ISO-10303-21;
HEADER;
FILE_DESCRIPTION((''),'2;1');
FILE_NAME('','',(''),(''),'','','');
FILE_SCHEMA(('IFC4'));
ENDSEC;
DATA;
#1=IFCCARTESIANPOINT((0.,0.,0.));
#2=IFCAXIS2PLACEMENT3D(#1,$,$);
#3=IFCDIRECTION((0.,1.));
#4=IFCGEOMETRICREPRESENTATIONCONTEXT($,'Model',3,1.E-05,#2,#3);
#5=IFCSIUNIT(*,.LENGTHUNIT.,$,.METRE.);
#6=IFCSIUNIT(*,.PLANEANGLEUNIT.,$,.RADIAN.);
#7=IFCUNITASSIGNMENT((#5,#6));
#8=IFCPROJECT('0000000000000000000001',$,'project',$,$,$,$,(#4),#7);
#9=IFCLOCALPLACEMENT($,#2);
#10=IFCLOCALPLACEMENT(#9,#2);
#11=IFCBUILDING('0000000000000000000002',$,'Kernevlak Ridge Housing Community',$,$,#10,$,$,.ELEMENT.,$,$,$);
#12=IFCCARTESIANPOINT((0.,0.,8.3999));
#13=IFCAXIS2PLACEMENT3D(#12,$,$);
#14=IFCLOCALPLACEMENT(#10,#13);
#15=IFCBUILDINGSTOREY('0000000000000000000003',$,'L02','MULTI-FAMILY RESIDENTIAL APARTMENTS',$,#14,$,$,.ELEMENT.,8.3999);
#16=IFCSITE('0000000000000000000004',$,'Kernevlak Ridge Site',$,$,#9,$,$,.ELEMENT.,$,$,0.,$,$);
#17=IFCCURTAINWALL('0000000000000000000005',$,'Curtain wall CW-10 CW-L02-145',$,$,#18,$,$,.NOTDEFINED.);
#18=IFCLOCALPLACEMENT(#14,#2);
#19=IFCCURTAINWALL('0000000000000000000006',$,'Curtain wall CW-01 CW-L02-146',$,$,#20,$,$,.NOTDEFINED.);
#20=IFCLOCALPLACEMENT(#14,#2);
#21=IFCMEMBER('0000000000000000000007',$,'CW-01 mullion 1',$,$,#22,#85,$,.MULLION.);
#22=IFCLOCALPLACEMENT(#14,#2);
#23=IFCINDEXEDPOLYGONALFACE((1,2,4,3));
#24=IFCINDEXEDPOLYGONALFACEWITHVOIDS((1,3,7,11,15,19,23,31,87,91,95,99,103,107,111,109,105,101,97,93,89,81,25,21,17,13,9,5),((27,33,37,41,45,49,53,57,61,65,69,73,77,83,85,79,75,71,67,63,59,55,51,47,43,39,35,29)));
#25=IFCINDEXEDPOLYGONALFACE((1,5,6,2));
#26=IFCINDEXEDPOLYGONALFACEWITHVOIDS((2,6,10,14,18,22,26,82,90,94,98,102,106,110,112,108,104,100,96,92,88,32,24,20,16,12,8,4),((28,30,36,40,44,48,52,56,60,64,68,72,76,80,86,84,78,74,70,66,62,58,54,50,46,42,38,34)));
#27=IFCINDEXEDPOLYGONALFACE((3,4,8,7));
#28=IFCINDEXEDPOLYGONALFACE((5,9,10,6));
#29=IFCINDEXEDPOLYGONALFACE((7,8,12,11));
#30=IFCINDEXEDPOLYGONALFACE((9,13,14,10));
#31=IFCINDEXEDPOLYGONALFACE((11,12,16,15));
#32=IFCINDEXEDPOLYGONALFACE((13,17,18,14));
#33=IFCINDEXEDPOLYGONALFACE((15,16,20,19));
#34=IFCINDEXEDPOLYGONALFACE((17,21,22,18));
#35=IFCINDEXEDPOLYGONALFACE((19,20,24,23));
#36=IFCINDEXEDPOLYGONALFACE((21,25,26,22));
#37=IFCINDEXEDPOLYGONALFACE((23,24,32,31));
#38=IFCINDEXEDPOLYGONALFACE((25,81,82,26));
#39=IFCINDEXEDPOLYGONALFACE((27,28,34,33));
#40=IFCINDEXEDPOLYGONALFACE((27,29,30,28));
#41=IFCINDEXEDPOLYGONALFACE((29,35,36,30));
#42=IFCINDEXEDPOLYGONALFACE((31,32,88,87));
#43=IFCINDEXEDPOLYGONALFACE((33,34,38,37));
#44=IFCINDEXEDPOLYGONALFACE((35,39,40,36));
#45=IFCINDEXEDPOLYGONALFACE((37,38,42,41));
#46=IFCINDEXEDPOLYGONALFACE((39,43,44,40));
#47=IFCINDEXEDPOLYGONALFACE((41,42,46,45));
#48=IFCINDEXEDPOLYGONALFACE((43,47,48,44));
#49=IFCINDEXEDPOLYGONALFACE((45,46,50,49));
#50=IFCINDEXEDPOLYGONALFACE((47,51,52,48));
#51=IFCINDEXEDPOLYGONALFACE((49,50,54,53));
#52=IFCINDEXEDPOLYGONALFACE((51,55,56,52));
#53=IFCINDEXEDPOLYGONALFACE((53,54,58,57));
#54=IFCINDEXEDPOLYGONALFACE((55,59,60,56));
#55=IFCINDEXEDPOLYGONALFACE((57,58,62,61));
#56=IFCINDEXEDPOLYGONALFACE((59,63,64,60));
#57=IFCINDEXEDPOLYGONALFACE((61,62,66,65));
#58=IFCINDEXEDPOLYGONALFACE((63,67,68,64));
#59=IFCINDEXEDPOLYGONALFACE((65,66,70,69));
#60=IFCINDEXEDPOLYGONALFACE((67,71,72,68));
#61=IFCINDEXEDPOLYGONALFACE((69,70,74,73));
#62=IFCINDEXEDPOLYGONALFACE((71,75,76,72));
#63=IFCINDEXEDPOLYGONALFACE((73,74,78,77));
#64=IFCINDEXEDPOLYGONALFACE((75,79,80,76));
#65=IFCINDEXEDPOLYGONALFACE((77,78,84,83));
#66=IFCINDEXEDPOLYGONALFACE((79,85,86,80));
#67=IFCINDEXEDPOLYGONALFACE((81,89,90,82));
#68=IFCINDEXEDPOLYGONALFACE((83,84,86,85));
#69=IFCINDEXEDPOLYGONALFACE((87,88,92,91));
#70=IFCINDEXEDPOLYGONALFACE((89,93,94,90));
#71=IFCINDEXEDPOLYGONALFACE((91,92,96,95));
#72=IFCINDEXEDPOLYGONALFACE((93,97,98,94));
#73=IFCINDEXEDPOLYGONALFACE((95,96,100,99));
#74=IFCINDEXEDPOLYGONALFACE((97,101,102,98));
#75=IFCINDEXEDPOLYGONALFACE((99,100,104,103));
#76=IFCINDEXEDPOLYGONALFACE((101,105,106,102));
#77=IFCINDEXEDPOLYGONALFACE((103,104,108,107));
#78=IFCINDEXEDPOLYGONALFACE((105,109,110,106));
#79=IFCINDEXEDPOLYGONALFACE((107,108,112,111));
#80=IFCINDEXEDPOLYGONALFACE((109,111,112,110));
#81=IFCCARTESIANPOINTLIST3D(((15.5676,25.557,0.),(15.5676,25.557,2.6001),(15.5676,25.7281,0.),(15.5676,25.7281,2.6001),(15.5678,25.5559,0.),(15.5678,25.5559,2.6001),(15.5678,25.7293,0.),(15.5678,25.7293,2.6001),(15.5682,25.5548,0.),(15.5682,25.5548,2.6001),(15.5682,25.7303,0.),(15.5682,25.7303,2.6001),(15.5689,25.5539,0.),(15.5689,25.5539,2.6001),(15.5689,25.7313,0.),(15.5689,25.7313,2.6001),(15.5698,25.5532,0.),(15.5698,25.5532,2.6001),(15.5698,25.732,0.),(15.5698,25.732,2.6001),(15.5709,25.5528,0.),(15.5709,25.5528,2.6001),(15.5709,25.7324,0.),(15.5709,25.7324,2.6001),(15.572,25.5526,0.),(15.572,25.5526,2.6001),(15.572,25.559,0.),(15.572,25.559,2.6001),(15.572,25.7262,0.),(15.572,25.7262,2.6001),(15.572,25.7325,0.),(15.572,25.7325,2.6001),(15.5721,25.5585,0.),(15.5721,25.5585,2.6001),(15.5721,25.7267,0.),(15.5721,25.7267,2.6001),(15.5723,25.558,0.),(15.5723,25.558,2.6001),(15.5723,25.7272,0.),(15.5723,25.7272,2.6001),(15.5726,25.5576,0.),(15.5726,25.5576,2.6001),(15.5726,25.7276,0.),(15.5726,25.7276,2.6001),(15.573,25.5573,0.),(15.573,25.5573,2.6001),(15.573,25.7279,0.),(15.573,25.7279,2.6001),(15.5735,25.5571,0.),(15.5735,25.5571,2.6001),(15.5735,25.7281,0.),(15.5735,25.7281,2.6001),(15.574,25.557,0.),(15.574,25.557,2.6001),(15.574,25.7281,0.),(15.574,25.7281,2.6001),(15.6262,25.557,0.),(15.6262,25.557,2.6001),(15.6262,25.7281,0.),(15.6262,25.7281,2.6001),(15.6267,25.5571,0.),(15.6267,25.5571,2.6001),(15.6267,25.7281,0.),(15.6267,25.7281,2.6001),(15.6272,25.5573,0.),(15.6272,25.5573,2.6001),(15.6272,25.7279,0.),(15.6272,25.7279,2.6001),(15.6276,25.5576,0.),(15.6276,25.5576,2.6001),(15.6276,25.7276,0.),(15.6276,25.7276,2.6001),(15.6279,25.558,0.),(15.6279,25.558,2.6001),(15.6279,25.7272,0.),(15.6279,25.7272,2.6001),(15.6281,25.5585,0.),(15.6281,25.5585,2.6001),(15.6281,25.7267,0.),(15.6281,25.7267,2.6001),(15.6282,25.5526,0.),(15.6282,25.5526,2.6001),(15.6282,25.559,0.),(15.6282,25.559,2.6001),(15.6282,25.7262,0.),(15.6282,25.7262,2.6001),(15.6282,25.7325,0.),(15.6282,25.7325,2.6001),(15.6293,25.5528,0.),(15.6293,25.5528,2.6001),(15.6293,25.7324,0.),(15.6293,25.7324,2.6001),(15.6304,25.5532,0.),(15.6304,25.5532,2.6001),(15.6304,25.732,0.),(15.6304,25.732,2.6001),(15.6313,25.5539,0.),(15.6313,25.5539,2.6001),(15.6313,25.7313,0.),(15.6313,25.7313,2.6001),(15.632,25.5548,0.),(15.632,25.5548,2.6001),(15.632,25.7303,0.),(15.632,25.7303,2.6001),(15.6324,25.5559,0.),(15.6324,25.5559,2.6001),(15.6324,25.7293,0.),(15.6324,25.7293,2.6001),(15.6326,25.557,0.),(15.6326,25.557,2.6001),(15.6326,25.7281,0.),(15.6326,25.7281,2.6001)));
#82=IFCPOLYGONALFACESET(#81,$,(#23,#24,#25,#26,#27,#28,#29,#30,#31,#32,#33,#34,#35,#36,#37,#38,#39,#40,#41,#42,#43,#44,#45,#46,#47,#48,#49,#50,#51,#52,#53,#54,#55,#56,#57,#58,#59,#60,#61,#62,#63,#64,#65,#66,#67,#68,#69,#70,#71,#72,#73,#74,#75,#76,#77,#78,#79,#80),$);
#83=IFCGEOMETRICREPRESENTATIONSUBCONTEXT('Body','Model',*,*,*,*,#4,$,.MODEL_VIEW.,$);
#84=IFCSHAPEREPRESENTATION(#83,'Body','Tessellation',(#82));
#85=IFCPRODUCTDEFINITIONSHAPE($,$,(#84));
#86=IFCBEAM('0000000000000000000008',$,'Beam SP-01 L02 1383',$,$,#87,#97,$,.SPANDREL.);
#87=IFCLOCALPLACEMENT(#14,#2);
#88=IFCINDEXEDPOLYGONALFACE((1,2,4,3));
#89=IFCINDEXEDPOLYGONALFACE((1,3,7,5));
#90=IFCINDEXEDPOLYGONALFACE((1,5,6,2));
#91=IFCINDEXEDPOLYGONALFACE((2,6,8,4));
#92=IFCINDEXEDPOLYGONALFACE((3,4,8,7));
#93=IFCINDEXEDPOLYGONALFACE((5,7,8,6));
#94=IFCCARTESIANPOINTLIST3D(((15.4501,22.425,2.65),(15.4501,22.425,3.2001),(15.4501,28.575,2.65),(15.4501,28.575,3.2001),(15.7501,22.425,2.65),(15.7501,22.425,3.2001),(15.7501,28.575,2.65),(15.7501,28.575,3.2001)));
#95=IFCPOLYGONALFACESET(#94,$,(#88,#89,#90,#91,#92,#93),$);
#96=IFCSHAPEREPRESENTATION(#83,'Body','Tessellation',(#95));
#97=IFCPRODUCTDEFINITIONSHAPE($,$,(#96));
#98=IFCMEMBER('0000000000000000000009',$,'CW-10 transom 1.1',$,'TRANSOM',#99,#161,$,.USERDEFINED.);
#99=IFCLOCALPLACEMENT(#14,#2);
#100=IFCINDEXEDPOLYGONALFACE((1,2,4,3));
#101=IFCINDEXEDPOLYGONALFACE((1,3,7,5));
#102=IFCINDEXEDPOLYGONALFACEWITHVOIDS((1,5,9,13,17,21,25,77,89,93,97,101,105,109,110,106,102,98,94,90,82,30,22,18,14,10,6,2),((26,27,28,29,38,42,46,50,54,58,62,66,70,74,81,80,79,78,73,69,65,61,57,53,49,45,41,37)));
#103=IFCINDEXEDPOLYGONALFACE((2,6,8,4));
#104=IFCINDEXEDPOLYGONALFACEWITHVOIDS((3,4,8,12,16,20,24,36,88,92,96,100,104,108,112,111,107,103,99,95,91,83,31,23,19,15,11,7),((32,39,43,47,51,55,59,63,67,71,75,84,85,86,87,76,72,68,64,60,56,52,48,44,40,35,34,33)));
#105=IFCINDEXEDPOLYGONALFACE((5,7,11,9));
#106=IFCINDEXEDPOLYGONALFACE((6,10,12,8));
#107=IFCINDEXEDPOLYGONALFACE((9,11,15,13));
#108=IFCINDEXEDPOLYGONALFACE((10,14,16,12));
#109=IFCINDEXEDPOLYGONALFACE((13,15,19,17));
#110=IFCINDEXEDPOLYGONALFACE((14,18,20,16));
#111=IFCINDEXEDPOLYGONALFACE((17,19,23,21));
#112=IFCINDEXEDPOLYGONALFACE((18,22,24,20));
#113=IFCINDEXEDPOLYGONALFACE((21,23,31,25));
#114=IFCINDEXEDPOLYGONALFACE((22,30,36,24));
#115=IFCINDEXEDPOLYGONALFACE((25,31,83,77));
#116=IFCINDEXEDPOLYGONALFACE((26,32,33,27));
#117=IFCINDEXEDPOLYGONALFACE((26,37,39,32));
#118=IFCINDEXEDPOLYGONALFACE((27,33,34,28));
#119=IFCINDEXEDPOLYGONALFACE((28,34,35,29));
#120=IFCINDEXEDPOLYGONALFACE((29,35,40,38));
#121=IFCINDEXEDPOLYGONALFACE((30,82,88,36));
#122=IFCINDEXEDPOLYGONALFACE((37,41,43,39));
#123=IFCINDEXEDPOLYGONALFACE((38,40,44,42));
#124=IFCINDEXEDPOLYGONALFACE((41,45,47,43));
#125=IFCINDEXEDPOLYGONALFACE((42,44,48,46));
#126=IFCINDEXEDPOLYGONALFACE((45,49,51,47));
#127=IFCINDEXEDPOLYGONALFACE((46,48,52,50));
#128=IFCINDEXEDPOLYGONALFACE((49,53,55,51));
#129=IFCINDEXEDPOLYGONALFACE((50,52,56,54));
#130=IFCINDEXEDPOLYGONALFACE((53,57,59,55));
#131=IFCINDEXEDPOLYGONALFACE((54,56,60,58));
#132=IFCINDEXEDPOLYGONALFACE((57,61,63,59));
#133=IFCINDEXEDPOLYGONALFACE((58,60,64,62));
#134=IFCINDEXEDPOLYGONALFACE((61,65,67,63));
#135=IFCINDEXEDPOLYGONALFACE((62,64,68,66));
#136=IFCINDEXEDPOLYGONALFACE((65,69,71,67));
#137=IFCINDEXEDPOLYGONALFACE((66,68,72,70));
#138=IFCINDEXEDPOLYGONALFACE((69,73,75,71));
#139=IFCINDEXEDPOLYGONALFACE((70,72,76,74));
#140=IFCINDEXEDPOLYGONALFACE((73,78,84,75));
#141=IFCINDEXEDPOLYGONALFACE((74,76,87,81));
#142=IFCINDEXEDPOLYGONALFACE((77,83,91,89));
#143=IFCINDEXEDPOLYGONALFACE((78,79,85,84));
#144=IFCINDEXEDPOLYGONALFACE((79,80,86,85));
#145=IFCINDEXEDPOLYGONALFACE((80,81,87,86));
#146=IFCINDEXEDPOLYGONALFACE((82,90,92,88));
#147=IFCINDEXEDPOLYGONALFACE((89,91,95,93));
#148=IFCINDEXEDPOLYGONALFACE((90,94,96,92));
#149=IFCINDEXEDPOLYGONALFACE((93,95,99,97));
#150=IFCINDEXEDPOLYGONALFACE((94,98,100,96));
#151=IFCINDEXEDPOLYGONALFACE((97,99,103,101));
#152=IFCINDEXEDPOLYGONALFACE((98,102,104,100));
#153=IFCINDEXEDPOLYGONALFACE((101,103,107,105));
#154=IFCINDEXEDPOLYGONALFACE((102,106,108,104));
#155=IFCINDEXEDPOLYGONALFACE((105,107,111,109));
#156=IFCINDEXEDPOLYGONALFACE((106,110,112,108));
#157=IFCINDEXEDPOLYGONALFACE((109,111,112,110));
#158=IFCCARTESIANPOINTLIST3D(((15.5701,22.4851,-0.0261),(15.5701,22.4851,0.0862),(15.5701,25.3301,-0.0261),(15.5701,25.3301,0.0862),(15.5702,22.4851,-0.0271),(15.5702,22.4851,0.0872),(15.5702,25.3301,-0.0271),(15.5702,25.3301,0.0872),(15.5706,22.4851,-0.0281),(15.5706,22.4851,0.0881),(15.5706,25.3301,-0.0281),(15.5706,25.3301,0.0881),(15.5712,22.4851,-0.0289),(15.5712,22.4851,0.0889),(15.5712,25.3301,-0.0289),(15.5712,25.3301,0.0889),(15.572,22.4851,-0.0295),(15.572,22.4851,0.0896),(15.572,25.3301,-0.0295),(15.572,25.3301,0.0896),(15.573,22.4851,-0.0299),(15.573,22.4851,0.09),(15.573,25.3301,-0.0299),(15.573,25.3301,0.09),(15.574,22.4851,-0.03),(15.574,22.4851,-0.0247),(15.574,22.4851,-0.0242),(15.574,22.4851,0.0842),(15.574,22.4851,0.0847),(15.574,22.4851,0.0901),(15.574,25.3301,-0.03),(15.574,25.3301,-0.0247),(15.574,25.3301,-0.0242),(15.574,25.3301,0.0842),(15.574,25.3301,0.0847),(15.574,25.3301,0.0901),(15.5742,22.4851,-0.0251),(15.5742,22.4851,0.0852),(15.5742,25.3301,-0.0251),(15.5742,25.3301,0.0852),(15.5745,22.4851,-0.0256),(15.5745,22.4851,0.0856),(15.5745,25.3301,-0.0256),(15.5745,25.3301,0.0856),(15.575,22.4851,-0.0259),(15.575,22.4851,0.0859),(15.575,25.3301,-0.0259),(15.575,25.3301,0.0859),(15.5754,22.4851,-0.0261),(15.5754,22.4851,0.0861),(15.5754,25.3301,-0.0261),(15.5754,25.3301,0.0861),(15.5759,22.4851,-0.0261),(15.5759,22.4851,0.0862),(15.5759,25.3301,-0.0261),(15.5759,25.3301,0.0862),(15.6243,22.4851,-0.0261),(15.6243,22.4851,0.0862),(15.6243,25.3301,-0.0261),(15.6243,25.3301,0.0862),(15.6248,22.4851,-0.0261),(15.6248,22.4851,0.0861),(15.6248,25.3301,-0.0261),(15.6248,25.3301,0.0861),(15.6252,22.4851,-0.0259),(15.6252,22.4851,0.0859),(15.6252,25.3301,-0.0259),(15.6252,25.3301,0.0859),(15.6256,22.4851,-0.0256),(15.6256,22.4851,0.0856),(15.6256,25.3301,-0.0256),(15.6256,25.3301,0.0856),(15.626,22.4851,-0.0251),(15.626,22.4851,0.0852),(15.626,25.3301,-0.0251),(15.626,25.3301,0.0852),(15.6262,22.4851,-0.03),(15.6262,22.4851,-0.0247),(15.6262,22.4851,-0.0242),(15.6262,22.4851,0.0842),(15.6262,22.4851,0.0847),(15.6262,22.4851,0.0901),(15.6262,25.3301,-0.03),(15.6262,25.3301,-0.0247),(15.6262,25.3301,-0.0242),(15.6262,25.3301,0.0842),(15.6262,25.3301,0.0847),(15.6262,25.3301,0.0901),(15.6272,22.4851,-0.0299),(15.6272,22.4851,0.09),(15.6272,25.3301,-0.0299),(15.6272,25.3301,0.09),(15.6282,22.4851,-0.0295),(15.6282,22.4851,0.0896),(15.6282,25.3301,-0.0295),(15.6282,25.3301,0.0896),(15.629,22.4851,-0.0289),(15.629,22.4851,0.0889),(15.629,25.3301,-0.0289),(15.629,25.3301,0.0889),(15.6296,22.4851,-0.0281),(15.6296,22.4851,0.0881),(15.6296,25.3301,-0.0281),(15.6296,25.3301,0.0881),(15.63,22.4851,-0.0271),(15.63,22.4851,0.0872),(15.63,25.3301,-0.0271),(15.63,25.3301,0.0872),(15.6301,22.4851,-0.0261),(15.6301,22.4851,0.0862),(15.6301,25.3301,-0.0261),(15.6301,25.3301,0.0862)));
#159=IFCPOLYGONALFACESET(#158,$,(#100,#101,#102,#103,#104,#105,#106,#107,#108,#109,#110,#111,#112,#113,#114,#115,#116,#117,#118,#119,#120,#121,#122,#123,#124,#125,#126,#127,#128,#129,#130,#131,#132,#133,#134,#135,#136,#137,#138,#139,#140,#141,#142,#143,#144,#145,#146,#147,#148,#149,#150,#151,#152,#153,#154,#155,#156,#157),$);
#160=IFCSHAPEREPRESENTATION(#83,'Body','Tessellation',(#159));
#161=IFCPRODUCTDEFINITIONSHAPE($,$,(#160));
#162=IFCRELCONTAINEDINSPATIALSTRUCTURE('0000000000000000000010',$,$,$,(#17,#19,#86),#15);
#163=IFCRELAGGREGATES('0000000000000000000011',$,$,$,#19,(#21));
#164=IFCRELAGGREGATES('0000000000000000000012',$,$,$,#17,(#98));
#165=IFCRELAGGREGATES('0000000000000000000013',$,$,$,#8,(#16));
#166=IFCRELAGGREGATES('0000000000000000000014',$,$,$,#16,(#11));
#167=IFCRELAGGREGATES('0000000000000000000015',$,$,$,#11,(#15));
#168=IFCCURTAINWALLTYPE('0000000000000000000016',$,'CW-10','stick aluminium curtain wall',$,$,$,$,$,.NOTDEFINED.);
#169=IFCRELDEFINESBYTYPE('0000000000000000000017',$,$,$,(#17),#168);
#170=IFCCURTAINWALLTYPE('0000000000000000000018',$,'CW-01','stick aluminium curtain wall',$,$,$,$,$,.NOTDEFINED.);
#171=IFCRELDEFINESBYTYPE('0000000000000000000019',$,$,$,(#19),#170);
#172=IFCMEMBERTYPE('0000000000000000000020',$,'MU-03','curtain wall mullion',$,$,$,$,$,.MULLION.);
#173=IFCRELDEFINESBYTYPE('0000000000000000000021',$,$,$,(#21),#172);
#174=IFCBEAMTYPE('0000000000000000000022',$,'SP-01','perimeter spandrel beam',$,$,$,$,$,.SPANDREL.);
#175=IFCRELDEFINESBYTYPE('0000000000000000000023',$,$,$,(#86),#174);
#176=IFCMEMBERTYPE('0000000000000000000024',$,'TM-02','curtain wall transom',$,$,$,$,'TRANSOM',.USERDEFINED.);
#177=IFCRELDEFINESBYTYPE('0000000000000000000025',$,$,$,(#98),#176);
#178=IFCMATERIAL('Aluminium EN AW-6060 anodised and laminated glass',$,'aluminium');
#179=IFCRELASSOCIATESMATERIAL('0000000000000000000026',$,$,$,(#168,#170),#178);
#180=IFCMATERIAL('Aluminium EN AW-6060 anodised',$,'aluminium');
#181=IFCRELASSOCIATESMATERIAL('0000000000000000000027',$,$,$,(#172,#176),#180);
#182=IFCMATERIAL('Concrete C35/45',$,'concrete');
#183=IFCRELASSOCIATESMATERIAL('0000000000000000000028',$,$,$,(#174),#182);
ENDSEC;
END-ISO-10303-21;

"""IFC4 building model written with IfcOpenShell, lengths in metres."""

from ifc_helpers import new_model, si_unit, direction, frame, origin, origin_2d, place, context, subcontext, project, spatial, rectangle, hollow_rectangle, extrude, material, material_profile, profile_set, type_object, element, aggregate, save


model = new_model("IFC4")

# Units and contexts
model_context = context("Model", 3, precision=1e-05, world=origin(), true_north=direction((0.0, 1.0)))
body_context = subcontext(model_context, "Body", "Model", "MODEL_VIEW")
ifc_project = project(units=[si_unit("LENGTHUNIT", "METRE"), si_unit("PLANEANGLEUNIT", "RADIAN")], contexts=[model_context])

# Site, building, storey
site_placement = place(None, origin())
site = spatial("IfcSite", under=ifc_project, at=site_placement, Name="Kernevlak Ridge Site", CompositionType="ELEMENT", RefElevation=0.0)
building_placement = place(site_placement, origin())
building = spatial("IfcBuilding", under=site, at=building_placement, Name="Kernevlak Ridge Housing Community", CompositionType="ELEMENT")
storey_placement = place(building_placement, frame((0.0, 0.0, 8.3999)))
storey = spatial("IfcBuildingStorey", under=building, at=storey_placement, Name="L02", Description="MULTI-FAMILY RESIDENTIAL APARTMENTS", CompositionType="ELEMENT", Elevation=8.3999)

# Shared definitions
ifc_material_1 = material(Name="Concrete C35/45", Category="concrete")

# Curtain wall
ifc_material_2 = material(Name="Aluminium EN AW-6060 anodised and laminated glass", Category="aluminium")
curtain_wall_type_1 = type_object("IfcCurtainWallType", Name="CW-10", Description="stick aluminium curtain wall", PredefinedType="NOTDEFINED", material=ifc_material_2)
curtain_wall_1_placement = place(storey_placement, origin())
curtain_wall_1 = element("IfcCurtainWall", 1, at=curtain_wall_1_placement, inside=storey, type_object=curtain_wall_type_1, Name="Curtain wall CW-10 CW-L02-145", PredefinedType="NOTDEFINED")
ifc_material_3 = material(Name="Aluminium EN AW-6060 anodised", Category="aluminium")

# Curtain wall, member
curtain_wall_type_2 = type_object("IfcCurtainWallType", Name="CW-01", Description="stick aluminium curtain wall", PredefinedType="NOTDEFINED", material=ifc_material_2)
curtain_wall_2_placement = place(storey_placement, origin())
curtain_wall_2 = element("IfcCurtainWall", 2, at=curtain_wall_2_placement, inside=storey, type_object=curtain_wall_type_2, Name="Curtain wall CW-01 CW-L02-146", PredefinedType="NOTDEFINED")
ifc_material_profile_1 = material_profile(ifc_material_3, hollow_rectangle(XDim=0.0649, YDim=0.1799, WallThickness=0.0044, InnerFilletRadius=0.002, OuterFilletRadius=0.0044, at=origin_2d()), Name="ALU 65x180x4.5")
ifc_profile_set_1 = profile_set([ifc_material_profile_1], Name="Aluminium EN AW-6060 anodised")
member_type_1 = type_object("IfcMemberType", Name="MU-03", Description="curtain wall mullion", PredefinedType="MULLION", material=ifc_profile_set_1)
member_1_placement = place(storey_placement, frame((15.6001, 25.6426, 0.0), z_axis=(0.0, 0.0, 1.0), x_axis=(-1.0, 0.0, 0.0)))
member_1 = element("IfcMember", 3, at=member_1_placement, type_object=member_type_1, Name="CW-01 mullion 1", PredefinedType="MULLION", context=body_context, shape_type="SweptSolid", body=[
    extrude(hollow_rectangle(XDim=0.0649, YDim=0.1799, WallThickness=0.0044, InnerFilletRadius=0.002, OuterFilletRadius=0.0044, at=origin_2d()), origin(), (0.0, 0.0, 1.0), 2.6001),
])

# Beam
ifc_material_profile_2 = material_profile(ifc_material_1, rectangle(XDim=0.3, YDim=0.55, at=origin_2d()), Name="RC 300x550")
ifc_profile_set_2 = profile_set([ifc_material_profile_2], Name="Concrete C35/45")
beam_type_1 = type_object("IfcBeamType", Name="SP-01", Description="perimeter spandrel beam", PredefinedType="SPANDREL", material=ifc_profile_set_2)
beam_1_placement = place(storey_placement, frame((15.6001, 22.425, 2.925), z_axis=(0.0, 1.0, 0.0), x_axis=(-1.0, 0.0, 0.0)))
element("IfcBeam", 4, at=beam_1_placement, inside=storey, type_object=beam_type_1, Name="Beam SP-01 L02 1383", PredefinedType="SPANDREL", context=body_context, shape_type="SweptSolid", body=[
    extrude(rectangle(XDim=0.3, YDim=0.55, at=origin_2d()), origin(), (0.0, 0.0, 1.0), 6.1499),
])

# Member
ifc_material_profile_3 = material_profile(ifc_material_3, hollow_rectangle(XDim=0.0601, YDim=0.1201, WallThickness=0.0039, InnerFilletRadius=0.002, OuterFilletRadius=0.0039, at=origin_2d()), Name="ALU 60x120x4")
ifc_profile_set_3 = profile_set([ifc_material_profile_3], Name="Aluminium EN AW-6060 anodised")
member_type_2 = type_object("IfcMemberType", Name="TM-02", Description="curtain wall transom", ElementType="TRANSOM", PredefinedType="USERDEFINED", material=ifc_profile_set_3)
member_2_placement = place(storey_placement, frame((15.6001, 22.4851, 0.03), z_axis=(0.0, 1.0, 0.0), x_axis=(-1.0, 0.0, 0.0)))
member_2 = element("IfcMember", 5, at=member_2_placement, type_object=member_type_2, Name="CW-10 transom 1.1", ObjectType="TRANSOM", PredefinedType="USERDEFINED", context=body_context, shape_type="SweptSolid", body=[
    extrude(hollow_rectangle(XDim=0.0601, YDim=0.1201, WallThickness=0.0039, InnerFilletRadius=0.002, OuterFilletRadius=0.0039, at=origin_2d()), origin(), (0.0, 0.0, 1.0), 2.845),
])
aggregate(curtain_wall_2, [member_1])

aggregate(curtain_wall_1, [member_2])

save(model, "model.ifc")
